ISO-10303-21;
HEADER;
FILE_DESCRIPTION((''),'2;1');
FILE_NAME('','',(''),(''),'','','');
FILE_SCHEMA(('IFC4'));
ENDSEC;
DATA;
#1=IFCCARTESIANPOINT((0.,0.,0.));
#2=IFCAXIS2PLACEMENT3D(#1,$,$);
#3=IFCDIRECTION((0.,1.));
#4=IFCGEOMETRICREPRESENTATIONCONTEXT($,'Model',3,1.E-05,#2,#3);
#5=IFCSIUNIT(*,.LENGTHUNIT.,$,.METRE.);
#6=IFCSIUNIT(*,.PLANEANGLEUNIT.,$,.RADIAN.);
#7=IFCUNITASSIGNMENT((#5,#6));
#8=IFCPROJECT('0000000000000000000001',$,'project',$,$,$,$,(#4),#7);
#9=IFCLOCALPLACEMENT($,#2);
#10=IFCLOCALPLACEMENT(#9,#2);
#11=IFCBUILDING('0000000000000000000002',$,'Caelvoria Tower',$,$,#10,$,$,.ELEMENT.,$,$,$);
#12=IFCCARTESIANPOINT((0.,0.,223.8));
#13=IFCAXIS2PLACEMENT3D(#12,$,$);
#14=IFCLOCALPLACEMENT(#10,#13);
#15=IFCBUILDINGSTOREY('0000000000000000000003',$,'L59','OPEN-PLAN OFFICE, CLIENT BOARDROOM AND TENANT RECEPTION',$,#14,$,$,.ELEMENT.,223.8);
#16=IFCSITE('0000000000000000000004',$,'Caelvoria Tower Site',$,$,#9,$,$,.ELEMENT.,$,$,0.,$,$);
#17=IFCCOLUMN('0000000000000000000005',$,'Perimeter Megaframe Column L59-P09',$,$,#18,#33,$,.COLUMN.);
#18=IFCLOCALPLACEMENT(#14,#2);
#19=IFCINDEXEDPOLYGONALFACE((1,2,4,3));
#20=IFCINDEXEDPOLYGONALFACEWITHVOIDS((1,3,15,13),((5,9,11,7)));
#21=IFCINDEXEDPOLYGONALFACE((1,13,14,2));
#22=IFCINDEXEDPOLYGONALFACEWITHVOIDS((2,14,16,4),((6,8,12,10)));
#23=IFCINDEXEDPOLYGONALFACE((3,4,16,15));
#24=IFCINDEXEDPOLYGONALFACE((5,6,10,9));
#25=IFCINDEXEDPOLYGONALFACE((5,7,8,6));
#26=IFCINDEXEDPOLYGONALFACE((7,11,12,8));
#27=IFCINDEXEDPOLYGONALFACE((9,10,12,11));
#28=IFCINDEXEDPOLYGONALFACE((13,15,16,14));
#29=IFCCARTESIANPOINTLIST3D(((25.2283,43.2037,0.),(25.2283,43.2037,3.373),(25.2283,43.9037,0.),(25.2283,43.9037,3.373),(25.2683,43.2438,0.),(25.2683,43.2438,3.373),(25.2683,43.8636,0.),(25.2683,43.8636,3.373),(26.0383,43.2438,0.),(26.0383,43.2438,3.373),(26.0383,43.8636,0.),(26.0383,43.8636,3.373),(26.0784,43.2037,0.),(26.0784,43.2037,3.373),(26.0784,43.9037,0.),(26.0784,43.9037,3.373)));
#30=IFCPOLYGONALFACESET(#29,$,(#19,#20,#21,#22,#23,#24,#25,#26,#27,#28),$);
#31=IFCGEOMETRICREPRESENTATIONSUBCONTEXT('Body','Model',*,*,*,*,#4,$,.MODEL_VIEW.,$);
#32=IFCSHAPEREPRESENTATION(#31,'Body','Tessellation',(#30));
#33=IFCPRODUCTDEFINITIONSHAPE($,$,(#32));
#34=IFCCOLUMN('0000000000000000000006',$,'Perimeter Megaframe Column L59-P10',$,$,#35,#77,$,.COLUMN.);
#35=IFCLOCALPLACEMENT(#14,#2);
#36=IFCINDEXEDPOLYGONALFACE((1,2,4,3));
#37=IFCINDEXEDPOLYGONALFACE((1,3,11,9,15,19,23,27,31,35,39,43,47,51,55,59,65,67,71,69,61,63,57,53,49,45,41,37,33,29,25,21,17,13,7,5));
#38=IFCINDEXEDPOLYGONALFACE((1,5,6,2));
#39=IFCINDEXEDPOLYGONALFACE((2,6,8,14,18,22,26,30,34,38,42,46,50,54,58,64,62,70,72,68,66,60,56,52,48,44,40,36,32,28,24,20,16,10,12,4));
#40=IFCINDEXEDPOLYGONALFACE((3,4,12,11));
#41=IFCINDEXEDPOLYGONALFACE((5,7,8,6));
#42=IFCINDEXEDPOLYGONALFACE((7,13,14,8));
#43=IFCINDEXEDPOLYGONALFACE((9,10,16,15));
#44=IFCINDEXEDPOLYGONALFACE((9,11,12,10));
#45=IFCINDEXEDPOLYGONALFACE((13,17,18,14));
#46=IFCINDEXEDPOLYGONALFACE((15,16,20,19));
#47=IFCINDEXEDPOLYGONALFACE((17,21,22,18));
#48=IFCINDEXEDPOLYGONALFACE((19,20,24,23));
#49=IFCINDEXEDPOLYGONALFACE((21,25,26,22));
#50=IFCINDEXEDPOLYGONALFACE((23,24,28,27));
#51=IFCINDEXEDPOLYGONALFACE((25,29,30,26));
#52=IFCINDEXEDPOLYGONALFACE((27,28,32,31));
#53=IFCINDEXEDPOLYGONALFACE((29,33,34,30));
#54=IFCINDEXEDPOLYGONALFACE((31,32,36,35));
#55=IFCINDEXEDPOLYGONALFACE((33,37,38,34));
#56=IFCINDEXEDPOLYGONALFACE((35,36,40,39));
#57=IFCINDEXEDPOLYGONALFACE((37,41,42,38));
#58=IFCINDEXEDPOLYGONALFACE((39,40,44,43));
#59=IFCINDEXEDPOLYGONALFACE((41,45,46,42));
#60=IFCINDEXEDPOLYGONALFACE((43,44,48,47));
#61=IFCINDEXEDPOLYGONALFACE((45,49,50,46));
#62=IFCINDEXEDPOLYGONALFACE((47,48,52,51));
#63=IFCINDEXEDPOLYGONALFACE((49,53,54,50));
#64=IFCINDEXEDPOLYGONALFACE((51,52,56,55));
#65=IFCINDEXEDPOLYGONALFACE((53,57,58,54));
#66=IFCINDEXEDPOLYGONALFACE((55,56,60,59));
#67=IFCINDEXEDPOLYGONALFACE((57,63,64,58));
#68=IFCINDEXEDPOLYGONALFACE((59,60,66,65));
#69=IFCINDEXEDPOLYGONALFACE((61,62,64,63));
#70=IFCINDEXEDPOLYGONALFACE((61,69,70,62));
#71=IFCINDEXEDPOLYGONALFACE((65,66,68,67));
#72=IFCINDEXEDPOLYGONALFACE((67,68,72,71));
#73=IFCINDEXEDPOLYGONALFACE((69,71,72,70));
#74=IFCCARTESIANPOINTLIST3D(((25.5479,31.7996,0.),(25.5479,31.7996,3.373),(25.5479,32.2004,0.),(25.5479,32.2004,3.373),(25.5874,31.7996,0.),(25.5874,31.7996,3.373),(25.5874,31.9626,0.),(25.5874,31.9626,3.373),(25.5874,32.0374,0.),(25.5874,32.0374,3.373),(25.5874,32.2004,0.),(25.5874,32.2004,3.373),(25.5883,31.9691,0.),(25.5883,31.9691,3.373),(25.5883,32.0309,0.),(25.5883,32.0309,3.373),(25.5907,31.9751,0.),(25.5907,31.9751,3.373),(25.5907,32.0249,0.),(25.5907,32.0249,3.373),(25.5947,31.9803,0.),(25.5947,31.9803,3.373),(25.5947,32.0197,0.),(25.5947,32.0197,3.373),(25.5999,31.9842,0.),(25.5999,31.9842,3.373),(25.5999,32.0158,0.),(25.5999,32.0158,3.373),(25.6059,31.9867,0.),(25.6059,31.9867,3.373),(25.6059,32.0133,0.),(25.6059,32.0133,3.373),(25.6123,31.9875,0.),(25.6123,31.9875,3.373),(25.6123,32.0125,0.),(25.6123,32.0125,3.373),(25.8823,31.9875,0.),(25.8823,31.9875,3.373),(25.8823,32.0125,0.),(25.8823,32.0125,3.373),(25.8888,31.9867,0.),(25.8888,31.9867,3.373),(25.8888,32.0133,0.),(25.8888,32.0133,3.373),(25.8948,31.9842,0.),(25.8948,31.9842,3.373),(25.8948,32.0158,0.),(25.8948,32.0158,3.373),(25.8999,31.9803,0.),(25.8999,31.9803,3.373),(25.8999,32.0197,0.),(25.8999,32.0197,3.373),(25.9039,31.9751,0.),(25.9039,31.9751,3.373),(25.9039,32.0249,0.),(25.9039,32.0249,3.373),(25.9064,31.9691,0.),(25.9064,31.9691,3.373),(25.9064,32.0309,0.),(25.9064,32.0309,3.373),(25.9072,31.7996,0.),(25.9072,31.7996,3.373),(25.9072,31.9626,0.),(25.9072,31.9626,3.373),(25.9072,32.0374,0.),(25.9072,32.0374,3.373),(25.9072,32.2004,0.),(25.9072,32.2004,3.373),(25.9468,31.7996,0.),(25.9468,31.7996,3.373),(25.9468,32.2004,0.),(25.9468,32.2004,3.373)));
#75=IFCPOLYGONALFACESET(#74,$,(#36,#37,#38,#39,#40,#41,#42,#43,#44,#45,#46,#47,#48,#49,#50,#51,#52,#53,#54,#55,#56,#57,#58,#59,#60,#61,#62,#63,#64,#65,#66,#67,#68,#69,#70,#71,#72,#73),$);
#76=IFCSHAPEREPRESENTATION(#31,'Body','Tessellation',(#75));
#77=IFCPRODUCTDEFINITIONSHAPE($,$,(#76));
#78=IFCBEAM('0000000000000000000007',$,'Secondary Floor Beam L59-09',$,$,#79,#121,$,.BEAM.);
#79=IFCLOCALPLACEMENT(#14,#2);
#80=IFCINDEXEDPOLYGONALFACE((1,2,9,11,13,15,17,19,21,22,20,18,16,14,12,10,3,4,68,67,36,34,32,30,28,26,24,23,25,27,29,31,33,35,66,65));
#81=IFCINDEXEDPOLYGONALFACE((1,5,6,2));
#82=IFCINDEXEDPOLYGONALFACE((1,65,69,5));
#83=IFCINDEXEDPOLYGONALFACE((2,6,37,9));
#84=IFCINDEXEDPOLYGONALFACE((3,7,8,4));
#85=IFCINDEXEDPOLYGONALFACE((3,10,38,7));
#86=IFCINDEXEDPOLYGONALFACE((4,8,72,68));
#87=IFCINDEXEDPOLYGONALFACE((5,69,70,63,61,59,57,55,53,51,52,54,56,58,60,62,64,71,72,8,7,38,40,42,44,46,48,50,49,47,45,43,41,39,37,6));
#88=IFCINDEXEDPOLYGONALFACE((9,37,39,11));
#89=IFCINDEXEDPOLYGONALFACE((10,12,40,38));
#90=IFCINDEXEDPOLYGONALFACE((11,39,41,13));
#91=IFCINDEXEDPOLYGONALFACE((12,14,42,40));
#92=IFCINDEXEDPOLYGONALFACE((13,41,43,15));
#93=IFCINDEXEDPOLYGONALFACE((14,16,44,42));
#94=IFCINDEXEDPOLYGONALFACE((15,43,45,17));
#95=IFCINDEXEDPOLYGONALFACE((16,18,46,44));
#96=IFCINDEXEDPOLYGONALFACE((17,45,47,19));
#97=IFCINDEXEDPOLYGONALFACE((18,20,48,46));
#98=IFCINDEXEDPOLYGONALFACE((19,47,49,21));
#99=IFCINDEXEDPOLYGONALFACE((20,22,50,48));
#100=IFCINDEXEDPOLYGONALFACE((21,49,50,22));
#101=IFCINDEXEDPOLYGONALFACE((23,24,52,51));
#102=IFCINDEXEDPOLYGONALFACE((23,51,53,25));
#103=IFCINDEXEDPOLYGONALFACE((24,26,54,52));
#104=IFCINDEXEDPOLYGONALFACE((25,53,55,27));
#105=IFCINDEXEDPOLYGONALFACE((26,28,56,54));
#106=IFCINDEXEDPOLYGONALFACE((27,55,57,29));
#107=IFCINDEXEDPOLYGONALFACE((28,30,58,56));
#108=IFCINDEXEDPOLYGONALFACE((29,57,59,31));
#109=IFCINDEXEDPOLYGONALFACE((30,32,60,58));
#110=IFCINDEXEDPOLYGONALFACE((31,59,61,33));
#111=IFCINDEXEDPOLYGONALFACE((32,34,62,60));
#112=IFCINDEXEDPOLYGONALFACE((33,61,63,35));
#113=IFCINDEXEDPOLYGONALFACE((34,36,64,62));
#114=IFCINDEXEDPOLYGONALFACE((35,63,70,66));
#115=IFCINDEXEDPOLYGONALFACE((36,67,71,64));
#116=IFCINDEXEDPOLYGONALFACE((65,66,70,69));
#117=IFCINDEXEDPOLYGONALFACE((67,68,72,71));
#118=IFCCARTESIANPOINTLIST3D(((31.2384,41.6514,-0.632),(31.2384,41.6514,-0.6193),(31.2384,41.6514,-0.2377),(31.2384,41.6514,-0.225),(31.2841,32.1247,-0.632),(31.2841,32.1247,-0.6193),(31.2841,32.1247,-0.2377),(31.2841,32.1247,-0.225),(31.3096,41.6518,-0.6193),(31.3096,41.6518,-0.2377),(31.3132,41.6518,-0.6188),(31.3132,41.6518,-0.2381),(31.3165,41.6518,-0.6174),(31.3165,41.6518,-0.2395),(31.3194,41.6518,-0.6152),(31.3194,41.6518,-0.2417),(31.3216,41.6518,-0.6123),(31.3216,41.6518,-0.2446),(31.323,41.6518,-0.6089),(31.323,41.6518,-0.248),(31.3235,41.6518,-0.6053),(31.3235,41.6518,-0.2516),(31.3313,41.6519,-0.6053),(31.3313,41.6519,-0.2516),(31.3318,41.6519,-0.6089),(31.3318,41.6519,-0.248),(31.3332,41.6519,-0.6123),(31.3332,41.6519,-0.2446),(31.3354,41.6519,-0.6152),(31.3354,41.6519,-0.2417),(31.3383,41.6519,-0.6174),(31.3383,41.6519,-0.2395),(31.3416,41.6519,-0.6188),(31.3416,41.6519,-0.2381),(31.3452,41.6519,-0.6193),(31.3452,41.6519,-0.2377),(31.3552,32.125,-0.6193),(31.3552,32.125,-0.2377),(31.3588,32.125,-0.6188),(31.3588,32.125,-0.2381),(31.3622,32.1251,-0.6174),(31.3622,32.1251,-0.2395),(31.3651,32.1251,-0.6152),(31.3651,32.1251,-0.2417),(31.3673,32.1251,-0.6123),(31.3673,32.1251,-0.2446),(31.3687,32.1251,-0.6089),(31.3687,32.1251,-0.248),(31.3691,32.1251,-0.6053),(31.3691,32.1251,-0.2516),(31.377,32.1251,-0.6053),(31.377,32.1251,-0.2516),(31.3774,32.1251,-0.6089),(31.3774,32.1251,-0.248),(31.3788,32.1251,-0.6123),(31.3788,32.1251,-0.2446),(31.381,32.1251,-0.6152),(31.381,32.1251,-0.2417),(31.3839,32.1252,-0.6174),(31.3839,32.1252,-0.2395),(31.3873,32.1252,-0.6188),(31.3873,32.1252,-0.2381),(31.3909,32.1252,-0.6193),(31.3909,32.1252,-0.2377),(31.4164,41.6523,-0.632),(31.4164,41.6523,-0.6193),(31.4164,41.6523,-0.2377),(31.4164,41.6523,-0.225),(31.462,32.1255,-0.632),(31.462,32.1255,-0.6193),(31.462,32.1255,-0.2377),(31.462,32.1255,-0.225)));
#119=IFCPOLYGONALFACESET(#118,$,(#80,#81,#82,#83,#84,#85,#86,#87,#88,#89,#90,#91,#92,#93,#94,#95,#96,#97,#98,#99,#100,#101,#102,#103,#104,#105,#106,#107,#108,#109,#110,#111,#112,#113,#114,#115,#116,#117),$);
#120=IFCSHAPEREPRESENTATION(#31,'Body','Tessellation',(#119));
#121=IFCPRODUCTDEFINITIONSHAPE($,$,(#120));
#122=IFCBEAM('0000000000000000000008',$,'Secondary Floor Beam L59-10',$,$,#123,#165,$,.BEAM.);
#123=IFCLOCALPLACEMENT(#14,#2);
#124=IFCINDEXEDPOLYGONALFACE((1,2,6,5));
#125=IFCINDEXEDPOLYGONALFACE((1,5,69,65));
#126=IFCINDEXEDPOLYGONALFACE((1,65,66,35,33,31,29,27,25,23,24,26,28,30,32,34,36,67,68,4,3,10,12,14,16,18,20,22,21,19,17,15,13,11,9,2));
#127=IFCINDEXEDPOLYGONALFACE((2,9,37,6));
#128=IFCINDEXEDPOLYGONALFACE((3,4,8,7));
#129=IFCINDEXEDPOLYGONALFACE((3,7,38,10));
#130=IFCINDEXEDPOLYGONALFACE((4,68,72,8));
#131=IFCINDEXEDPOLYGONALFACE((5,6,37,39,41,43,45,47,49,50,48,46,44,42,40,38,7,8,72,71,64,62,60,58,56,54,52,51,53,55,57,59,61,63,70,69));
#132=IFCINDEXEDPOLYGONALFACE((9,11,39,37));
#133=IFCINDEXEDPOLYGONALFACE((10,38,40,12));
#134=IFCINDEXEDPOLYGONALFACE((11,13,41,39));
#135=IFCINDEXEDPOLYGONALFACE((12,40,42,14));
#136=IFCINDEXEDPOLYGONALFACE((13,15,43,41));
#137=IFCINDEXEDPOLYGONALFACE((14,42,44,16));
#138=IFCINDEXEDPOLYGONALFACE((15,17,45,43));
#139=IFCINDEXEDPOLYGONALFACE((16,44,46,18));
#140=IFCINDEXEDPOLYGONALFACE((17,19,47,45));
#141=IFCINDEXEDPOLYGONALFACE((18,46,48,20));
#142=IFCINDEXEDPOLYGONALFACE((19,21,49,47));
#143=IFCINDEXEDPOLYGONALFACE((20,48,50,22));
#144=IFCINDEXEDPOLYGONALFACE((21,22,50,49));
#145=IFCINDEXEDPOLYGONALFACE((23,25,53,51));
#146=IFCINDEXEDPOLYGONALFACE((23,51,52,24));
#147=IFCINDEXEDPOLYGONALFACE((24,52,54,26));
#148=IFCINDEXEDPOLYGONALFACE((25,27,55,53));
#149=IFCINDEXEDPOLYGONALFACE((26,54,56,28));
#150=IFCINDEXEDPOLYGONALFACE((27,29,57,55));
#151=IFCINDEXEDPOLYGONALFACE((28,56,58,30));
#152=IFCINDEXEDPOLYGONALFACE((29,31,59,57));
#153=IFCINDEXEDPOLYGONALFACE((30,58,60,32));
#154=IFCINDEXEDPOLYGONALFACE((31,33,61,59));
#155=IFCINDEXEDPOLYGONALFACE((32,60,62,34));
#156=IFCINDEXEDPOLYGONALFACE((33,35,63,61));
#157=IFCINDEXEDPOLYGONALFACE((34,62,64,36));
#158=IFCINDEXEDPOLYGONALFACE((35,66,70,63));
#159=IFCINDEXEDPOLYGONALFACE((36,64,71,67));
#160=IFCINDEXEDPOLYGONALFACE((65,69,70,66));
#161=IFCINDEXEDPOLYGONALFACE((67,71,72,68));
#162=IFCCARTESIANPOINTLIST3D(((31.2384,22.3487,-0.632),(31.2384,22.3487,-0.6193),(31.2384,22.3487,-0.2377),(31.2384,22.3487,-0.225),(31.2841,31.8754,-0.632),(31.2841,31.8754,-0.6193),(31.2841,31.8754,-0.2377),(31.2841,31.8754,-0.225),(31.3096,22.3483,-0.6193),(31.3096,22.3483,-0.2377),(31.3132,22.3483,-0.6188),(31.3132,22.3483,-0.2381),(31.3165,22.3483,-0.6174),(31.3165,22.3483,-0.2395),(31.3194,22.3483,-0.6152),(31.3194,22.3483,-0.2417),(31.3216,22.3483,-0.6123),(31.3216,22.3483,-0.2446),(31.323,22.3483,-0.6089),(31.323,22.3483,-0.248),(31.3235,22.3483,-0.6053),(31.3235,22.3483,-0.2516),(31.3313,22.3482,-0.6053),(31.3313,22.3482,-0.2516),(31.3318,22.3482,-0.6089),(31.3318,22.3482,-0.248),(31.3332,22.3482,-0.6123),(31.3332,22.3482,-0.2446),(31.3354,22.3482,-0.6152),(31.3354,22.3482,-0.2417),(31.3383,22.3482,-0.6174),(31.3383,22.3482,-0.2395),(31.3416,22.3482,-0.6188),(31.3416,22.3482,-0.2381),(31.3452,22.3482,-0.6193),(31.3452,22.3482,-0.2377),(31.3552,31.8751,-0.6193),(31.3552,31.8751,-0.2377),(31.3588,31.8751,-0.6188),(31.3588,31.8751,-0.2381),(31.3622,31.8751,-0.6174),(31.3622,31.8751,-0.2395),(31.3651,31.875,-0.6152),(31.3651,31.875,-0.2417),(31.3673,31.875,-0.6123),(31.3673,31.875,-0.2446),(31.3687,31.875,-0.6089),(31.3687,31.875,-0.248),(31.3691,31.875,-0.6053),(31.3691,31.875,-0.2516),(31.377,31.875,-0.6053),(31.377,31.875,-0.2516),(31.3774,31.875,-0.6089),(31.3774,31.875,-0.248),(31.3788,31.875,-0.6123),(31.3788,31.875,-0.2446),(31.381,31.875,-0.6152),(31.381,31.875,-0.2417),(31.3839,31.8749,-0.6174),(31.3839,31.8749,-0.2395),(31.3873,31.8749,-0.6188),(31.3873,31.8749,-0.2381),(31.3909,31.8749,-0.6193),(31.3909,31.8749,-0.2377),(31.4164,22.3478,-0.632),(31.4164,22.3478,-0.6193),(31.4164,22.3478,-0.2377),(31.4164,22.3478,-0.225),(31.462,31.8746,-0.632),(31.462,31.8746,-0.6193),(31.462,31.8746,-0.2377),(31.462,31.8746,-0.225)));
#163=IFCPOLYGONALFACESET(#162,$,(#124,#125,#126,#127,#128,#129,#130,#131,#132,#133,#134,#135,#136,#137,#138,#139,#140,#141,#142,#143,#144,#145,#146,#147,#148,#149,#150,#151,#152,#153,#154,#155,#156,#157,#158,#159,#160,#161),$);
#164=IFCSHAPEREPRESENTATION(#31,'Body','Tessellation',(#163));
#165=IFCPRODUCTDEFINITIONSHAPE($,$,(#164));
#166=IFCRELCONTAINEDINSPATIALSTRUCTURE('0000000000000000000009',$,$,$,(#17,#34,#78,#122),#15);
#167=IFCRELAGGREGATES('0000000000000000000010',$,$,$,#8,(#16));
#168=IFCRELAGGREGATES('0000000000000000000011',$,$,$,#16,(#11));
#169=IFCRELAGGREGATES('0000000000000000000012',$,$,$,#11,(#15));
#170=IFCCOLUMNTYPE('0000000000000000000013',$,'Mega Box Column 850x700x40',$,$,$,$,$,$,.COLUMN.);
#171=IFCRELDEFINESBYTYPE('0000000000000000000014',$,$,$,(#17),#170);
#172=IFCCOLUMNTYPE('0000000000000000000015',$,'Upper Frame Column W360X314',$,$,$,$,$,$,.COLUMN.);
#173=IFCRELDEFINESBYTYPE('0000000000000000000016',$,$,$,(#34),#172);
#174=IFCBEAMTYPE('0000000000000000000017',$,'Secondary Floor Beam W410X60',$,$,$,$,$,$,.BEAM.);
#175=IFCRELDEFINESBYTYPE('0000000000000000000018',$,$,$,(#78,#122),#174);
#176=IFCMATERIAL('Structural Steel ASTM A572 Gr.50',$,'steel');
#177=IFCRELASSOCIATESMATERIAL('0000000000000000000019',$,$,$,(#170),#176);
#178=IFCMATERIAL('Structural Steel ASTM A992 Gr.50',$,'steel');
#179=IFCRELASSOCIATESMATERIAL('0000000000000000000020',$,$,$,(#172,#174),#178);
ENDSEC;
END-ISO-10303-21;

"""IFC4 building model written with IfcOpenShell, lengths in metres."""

from ifc_helpers import new_model, si_unit, direction, frame, origin, origin_2d, place, context, subcontext, project, spatial, hollow_rectangle, i_section, extrude, material, material_profile, profile_set, type_object, element, save


model = new_model("IFC4")

# Units and contexts
model_context = context("Model", 3, precision=1e-05, world=origin(), true_north=direction((0.0, 1.0)))
body_context = subcontext(model_context, "Body", "Model", "MODEL_VIEW")
ifc_project = project(units=[si_unit("LENGTHUNIT", "METRE"), si_unit("PLANEANGLEUNIT", "RADIAN")], contexts=[model_context])

# Site, building, storey
site_placement = place(None, origin())
site = spatial("IfcSite", under=ifc_project, at=site_placement, Name="Caelvoria Tower Site", CompositionType="ELEMENT", RefElevation=0.0)
building_placement = place(site_placement, origin())
building = spatial("IfcBuilding", under=site, at=building_placement, Name="Caelvoria Tower", CompositionType="ELEMENT")
storey_placement = place(building_placement, frame((0.0, 0.0, 223.8)))
storey = spatial("IfcBuildingStorey", under=building, at=storey_placement, Name="L59", Description="OPEN-PLAN OFFICE, CLIENT BOARDROOM AND TENANT RECEPTION", CompositionType="ELEMENT", Elevation=223.8)

# Columns
ifc_material_1 = material(Name="Structural Steel ASTM A572 Gr.50", Category="steel")
ifc_material_profile_1 = material_profile(ifc_material_1, hollow_rectangle(XDim=0.7, YDim=0.8501, WallThickness=0.04, at=origin_2d()), Name="Structural Steel ASTM A572 Gr.50")
ifc_profile_set_1 = profile_set([ifc_material_profile_1], Name="BOX850X700X40 - Structural Steel ASTM A572 Gr.50")
column_type_1 = type_object("IfcColumnType", Name="Mega Box Column 850x700x40", PredefinedType="COLUMN", material=ifc_profile_set_1)
column_1_placement = place(storey_placement, frame((25.6533, 43.5537, 0.0), z_axis=(0.0, 0.0, 1.0), x_axis=(0.0, 1.0, 0.0)))
element("IfcColumn", 1, at=column_1_placement, inside=storey, type_object=column_type_1, Name="Perimeter Megaframe Column L59-P09", PredefinedType="COLUMN", context=body_context, shape_type="SweptSolid", body=[
    extrude(hollow_rectangle(XDim=0.7, YDim=0.8501, WallThickness=0.04, at=origin_2d()), origin(), (0.0, 0.0, 1.0), 3.373),
])
ifc_material_2 = material(Name="Structural Steel ASTM A992 Gr.50", Category="steel")
ifc_material_profile_2 = material_profile(ifc_material_2, i_section(OverallWidth=0.4009, OverallDepth=0.3989, WebThickness=0.0249, FlangeThickness=0.0396, FilletRadius=0.0249, at=origin_2d()), Name="Structural Steel ASTM A992 Gr.50")
ifc_profile_set_2 = profile_set([ifc_material_profile_2], Name="W360X314 - Structural Steel ASTM A992 Gr.50")
column_type_2 = type_object("IfcColumnType", Name="Upper Frame Column W360X314", PredefinedType="COLUMN", material=ifc_profile_set_2)
column_2_placement = place(storey_placement, frame((25.7473, 32.0, 0.0), z_axis=(0.0, 0.0, 1.0), x_axis=(0.0, 1.0, 0.0)))
element("IfcColumn", 2, at=column_2_placement, inside=storey, type_object=column_type_2, Name="Perimeter Megaframe Column L59-P10", PredefinedType="COLUMN", context=body_context, shape_type="SweptSolid", body=[
    extrude(i_section(OverallWidth=0.4009, OverallDepth=0.3989, WebThickness=0.0249, FlangeThickness=0.0396, FilletRadius=0.0249, at=origin_2d()), origin(), (0.0, 0.0, 1.0), 3.373),
])

# Beams
ifc_material_profile_3 = material_profile(ifc_material_2, i_section(OverallWidth=0.178, OverallDepth=0.407, WebThickness=0.0078, FlangeThickness=0.0127, FilletRadius=0.0139, at=origin_2d()), Name="Structural Steel ASTM A992 Gr.50")
ifc_profile_set_3 = profile_set([ifc_material_profile_3], Name="W410X60 - Structural Steel ASTM A992 Gr.50")
beam_type_1 = type_object("IfcBeamType", Name="Secondary Floor Beam W410X60", PredefinedType="BEAM", material=ifc_profile_set_3)
for number, where, z_axis, x_axis, name in (
    (3, (31.3274, 41.6519, -0.4285), (0.004792, -0.999989, 0.0), (0.999989, 0.004792, 0.0), "Secondary Floor Beam L59-09"),
    (4, (31.373, 31.875, -0.4285), (-0.004792, -0.999989, 0.0), (0.999989, -0.004792, 0.0), "Secondary Floor Beam L59-10"),
):
    element("IfcBeam", number, at=place(storey_placement, frame(where, z_axis=z_axis, x_axis=x_axis)), inside=storey, type_object=beam_type_1, Name=name, PredefinedType="BEAM", context=body_context, shape_type="SweptSolid", body=[
        extrude(i_section(OverallWidth=0.178, OverallDepth=0.407, WebThickness=0.0078, FlangeThickness=0.0127, FilletRadius=0.0139, at=origin_2d()), origin(), (0.0, 0.0, 1.0), 9.5269),
    ])

save(model, "model.ifc")
